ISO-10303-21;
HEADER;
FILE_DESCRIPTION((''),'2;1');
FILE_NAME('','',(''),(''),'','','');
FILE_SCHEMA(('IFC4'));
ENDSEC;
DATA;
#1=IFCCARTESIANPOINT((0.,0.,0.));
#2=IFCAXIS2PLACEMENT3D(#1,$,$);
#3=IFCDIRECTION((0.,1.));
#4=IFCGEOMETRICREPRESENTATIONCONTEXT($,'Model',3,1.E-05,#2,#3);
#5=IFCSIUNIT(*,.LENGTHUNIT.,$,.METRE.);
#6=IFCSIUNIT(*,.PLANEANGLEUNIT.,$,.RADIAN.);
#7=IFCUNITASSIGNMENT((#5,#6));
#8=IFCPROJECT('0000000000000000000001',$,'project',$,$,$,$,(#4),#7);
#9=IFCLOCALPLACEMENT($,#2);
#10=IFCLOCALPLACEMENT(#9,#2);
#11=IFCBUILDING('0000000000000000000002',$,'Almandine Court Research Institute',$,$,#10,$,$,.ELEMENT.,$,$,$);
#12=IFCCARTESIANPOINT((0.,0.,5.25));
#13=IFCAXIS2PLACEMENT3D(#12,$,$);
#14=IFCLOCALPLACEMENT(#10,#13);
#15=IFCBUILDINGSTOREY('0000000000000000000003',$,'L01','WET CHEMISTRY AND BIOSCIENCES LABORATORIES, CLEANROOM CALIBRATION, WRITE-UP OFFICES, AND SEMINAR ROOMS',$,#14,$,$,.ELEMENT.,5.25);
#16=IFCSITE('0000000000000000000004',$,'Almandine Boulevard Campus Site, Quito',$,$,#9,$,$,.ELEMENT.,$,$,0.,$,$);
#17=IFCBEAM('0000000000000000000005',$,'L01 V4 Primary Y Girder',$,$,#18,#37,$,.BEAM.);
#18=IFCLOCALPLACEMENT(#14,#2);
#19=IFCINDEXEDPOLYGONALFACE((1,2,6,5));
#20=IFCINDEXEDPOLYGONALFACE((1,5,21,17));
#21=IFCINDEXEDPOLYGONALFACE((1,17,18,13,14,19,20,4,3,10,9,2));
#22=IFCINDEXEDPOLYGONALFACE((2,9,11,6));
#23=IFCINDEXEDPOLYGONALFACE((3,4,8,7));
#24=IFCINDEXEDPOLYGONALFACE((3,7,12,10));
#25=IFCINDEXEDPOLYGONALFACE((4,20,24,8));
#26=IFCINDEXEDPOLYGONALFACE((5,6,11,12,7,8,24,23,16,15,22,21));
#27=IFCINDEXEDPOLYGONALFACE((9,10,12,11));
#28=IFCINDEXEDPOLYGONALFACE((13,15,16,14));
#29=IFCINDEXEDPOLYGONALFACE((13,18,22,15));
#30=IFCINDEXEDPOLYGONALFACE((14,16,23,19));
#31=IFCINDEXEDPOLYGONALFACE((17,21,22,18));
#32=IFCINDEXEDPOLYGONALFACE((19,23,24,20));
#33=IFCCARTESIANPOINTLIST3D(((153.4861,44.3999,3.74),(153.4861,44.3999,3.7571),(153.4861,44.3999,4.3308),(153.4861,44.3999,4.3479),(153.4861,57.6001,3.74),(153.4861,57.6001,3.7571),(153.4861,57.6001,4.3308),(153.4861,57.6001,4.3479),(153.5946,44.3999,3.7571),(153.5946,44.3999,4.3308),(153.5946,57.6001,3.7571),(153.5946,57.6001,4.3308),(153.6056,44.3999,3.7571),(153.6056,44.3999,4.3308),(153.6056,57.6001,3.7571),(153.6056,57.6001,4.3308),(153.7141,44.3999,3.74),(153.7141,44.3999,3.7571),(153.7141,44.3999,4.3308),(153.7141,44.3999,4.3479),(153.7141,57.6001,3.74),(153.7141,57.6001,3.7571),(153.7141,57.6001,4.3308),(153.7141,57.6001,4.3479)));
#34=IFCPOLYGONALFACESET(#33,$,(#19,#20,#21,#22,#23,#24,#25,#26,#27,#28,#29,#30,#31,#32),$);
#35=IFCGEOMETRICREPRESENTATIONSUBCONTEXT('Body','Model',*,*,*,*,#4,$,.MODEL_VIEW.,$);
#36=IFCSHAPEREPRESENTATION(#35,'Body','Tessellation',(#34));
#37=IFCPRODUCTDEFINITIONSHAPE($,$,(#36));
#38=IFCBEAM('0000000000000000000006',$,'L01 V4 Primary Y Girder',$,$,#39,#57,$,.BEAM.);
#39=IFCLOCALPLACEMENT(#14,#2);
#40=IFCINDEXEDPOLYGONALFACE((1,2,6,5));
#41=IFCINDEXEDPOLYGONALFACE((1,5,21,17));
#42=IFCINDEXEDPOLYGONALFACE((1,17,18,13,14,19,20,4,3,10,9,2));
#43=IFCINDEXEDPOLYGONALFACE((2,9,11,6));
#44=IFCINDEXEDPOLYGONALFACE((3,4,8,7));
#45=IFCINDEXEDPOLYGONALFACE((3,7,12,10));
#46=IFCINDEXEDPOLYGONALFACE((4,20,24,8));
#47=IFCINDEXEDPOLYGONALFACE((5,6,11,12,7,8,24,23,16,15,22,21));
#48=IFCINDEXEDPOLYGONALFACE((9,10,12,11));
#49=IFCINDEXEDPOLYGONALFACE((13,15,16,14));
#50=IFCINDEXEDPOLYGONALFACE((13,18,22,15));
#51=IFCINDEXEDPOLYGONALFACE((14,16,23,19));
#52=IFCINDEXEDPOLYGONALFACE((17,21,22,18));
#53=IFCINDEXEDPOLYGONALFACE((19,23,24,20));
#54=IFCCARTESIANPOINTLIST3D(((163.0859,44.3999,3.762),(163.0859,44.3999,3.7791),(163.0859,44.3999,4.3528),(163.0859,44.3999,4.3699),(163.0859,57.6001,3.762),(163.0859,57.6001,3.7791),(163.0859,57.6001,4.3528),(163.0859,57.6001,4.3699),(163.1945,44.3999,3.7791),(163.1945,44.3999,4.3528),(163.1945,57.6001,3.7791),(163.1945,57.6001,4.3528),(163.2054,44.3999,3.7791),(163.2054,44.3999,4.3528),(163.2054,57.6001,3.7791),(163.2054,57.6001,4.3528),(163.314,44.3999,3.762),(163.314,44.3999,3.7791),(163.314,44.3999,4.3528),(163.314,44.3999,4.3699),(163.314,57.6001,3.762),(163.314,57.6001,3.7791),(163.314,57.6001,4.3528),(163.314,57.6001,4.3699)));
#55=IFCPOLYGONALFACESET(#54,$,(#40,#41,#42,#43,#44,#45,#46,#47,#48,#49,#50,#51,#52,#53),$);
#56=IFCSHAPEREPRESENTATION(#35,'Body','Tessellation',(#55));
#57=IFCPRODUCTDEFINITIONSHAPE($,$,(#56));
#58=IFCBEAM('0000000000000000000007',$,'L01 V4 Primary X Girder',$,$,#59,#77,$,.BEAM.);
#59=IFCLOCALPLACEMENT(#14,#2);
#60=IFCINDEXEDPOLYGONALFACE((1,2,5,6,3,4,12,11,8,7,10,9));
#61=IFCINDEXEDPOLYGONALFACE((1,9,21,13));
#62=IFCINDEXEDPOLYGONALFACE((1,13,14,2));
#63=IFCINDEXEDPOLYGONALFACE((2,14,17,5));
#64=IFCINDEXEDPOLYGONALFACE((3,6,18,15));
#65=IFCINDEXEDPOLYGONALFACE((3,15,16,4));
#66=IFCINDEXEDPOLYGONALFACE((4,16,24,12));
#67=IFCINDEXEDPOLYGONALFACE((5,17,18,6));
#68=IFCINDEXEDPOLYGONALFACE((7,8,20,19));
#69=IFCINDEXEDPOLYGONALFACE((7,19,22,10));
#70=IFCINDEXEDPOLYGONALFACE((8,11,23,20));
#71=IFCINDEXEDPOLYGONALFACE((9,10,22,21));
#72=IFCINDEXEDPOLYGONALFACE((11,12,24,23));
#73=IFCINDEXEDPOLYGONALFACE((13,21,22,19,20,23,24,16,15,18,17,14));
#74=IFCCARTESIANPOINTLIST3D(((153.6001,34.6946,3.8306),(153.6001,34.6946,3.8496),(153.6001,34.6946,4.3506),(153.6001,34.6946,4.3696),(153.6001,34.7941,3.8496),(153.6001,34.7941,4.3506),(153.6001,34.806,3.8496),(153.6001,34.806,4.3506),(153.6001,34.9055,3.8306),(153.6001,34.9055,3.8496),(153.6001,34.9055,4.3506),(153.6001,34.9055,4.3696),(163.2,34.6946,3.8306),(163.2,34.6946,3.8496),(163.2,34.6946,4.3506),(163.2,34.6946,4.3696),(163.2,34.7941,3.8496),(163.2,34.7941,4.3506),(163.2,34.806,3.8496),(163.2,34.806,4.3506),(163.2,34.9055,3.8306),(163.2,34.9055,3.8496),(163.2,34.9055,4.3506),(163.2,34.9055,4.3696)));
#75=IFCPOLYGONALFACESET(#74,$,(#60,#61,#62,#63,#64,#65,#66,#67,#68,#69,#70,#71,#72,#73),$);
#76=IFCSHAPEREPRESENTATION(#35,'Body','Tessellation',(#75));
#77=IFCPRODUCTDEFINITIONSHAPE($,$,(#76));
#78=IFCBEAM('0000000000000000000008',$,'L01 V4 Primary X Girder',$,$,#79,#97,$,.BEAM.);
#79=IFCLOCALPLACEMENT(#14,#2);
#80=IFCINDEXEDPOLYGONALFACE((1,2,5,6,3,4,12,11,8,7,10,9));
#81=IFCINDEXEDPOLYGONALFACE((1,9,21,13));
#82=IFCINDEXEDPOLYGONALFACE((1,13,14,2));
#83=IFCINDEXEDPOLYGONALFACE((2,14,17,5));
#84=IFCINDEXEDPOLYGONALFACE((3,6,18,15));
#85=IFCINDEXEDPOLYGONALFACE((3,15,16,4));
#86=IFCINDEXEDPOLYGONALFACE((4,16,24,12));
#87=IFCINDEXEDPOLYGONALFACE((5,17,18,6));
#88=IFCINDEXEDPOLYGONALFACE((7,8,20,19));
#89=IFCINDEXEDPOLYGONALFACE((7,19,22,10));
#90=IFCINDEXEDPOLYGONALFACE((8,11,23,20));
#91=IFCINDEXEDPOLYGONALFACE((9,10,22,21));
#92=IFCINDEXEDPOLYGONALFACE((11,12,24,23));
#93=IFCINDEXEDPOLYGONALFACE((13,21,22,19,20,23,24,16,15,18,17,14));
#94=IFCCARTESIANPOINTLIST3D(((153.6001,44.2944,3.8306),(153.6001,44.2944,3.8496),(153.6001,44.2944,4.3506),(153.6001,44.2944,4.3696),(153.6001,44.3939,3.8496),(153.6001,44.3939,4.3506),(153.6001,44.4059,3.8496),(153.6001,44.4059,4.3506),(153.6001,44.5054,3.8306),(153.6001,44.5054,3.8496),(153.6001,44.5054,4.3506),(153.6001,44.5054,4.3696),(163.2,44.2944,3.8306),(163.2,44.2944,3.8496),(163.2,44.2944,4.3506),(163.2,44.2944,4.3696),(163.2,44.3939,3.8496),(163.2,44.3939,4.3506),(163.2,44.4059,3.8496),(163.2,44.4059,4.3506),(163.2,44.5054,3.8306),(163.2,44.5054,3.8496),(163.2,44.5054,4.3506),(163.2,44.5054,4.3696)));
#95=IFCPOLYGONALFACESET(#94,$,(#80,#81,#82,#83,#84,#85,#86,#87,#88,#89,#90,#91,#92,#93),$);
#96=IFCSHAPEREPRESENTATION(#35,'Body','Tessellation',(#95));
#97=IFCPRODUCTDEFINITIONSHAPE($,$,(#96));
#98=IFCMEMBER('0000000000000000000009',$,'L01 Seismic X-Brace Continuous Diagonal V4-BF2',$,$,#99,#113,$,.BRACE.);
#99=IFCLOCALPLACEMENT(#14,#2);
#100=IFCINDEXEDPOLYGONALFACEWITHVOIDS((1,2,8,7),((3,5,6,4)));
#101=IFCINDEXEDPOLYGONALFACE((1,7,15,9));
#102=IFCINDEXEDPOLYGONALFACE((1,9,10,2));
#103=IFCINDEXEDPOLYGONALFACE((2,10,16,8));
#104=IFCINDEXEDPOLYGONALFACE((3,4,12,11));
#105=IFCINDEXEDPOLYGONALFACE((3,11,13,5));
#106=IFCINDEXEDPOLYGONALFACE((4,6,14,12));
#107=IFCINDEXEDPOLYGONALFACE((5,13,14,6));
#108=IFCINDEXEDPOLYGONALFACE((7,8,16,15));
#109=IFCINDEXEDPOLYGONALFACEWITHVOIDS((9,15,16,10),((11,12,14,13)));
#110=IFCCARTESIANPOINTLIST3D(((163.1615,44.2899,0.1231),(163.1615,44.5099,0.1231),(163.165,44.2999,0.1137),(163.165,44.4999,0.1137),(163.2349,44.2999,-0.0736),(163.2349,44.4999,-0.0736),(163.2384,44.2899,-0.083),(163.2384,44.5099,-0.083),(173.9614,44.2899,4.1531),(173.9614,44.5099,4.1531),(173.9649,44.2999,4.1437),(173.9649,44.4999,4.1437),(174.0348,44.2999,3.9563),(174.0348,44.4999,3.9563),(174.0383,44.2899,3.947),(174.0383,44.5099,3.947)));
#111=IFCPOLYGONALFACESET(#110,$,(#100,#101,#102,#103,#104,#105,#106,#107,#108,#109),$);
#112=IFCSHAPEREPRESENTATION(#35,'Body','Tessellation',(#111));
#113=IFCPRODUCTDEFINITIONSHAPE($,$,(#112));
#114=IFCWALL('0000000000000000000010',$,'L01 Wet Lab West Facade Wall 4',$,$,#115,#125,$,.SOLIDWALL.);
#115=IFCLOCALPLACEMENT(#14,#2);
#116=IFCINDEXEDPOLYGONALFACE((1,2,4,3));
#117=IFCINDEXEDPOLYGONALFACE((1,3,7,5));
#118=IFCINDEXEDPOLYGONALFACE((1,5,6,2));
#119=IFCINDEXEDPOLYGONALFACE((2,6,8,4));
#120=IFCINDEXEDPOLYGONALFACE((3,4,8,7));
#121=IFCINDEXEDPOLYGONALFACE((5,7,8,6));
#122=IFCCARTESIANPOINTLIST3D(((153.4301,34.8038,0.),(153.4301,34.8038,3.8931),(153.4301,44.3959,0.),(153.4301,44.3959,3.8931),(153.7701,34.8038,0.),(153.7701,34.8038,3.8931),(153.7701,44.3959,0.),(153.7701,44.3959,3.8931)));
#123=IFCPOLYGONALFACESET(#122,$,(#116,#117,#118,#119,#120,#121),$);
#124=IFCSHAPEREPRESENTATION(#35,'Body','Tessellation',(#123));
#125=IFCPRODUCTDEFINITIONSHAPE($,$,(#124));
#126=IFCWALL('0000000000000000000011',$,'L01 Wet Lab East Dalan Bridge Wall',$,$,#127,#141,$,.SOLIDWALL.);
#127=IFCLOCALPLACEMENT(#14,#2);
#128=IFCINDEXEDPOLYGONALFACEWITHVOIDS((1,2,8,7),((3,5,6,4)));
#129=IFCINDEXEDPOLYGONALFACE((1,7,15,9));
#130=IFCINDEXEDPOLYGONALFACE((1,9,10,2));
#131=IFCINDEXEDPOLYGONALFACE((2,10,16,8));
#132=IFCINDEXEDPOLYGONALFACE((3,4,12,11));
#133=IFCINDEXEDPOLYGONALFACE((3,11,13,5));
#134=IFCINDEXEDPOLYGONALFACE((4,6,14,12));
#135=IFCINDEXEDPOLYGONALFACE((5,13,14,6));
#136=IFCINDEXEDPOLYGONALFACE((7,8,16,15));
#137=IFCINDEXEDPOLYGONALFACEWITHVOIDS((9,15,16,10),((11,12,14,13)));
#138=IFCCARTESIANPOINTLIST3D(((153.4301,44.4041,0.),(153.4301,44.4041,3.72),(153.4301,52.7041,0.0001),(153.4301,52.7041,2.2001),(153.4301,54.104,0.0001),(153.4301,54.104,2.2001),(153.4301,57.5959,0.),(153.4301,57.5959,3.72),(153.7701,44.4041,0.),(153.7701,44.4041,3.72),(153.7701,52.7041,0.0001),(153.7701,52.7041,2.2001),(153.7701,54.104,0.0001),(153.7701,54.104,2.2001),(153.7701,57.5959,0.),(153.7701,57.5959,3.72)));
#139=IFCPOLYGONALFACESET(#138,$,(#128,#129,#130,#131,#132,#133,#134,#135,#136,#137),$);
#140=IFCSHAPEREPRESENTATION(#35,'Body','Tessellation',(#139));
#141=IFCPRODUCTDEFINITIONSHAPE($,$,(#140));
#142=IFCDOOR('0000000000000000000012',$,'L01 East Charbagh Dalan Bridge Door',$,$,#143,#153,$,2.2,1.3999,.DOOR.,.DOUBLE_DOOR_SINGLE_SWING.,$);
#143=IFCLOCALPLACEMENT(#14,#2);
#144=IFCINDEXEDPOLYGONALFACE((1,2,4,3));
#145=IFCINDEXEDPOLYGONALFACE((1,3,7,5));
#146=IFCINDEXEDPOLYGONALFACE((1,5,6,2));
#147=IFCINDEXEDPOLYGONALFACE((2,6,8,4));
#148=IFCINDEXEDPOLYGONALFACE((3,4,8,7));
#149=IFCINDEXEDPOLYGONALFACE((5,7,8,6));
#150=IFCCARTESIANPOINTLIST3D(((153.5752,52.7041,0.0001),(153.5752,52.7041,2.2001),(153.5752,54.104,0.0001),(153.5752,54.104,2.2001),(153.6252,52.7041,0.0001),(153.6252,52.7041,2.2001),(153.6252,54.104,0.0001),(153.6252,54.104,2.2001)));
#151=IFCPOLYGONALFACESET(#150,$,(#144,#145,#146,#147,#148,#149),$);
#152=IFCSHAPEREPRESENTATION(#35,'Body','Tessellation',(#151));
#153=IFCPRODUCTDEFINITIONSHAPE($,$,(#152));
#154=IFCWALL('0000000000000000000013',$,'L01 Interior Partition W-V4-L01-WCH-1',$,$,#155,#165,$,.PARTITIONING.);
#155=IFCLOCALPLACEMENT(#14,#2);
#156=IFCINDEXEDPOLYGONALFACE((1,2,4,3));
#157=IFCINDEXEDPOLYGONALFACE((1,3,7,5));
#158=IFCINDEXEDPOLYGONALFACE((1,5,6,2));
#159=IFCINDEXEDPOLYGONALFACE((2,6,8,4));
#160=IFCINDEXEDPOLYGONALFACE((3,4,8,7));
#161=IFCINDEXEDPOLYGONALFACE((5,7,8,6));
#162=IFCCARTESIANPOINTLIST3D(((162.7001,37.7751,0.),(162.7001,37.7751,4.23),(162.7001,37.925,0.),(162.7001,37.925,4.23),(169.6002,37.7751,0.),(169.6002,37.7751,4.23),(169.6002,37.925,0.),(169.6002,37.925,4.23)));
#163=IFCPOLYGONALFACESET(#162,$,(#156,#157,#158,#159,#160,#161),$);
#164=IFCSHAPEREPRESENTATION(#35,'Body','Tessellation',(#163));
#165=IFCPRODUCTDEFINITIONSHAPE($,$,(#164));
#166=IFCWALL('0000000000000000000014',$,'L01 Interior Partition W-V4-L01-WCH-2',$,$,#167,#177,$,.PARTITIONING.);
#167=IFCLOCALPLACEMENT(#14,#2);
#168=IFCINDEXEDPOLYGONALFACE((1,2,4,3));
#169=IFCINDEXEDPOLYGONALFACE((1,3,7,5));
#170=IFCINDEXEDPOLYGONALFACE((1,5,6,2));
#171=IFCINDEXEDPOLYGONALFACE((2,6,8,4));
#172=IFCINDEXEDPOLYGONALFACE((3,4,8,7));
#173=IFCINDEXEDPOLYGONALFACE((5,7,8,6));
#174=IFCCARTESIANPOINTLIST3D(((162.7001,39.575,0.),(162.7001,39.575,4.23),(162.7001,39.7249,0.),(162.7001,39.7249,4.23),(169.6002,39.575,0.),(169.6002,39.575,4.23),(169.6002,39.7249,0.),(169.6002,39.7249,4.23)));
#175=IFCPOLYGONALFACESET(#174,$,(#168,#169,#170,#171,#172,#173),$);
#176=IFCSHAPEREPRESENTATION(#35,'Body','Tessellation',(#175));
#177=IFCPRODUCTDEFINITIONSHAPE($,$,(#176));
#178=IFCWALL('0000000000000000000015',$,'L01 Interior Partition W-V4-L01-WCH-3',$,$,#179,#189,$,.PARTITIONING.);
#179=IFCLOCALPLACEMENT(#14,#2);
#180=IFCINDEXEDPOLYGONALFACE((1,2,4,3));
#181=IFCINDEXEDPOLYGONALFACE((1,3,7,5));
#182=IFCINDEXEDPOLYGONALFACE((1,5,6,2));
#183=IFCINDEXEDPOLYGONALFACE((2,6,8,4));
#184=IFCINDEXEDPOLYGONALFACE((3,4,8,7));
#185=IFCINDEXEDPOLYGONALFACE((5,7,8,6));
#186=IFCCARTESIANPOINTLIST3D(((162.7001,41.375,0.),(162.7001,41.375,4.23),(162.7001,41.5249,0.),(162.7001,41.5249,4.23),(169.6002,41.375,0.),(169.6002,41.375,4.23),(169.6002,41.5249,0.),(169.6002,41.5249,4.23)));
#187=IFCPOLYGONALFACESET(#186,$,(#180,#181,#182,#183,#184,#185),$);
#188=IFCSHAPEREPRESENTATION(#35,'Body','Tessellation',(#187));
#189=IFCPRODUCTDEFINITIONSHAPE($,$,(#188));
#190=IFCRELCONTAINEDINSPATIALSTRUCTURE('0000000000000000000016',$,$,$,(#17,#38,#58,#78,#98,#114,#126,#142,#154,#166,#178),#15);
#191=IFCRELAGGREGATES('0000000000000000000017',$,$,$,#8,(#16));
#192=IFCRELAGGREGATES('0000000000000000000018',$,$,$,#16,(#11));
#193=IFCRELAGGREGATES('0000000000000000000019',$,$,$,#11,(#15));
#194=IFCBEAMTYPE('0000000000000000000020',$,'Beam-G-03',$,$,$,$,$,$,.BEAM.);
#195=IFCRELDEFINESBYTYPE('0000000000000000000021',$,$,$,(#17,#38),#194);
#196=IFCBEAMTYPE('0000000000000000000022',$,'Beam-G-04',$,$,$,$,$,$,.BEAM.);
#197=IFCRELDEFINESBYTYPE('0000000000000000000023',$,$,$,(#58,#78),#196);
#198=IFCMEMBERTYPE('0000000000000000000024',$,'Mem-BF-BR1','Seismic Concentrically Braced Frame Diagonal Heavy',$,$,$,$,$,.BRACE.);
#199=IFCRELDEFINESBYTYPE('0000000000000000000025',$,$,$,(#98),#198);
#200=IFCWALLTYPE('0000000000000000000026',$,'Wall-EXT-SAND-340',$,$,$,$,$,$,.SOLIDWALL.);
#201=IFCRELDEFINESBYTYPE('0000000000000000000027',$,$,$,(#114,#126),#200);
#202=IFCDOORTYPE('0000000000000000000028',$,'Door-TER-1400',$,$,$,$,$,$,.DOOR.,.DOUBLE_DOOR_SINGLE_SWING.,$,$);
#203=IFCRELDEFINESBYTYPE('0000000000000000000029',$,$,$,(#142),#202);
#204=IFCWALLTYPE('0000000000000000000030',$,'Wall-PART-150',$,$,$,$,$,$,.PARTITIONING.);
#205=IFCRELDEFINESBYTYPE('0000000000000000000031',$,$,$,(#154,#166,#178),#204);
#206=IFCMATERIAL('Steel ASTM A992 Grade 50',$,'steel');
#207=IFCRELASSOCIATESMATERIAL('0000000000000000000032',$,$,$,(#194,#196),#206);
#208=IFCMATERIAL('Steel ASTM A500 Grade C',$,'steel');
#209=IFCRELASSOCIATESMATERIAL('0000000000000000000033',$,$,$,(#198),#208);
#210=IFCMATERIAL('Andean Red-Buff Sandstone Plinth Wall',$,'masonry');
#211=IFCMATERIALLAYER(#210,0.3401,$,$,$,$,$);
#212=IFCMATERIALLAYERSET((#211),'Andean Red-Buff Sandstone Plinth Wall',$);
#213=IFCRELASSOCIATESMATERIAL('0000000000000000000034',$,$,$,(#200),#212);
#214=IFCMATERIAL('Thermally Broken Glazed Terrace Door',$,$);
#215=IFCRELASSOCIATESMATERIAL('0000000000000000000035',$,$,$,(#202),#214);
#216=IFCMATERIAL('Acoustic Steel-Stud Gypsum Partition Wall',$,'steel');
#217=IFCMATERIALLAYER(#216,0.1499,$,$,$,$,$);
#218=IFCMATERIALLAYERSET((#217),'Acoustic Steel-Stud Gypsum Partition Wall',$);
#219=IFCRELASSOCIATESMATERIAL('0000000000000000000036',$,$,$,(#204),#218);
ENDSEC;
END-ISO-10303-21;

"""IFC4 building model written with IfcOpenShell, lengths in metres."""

from ifc_helpers import new_model, si_unit, direction, frame, frame_2d, origin, origin_2d, place, context, subcontext, project, spatial, rectangle, hollow_rectangle, i_section, extrude, material, layer, layer_set, material_profile, profile_set, type_object, element, fill, save


model = new_model("IFC4")

# Units and contexts
model_context = context("Model", 3, precision=1e-05, world=origin(), true_north=direction((0.0, 1.0)))
body_context = subcontext(model_context, "Body", "Model", "MODEL_VIEW")
ifc_project = project(units=[si_unit("LENGTHUNIT", "METRE"), si_unit("PLANEANGLEUNIT", "RADIAN")], contexts=[model_context])

# Site, building, storey
site_placement = place(None, origin())
site = spatial("IfcSite", under=ifc_project, at=site_placement, Name="Almandine Boulevard Campus Site, Quito", CompositionType="ELEMENT", RefElevation=0.0)
building_placement = place(site_placement, origin())
building = spatial("IfcBuilding", under=site, at=building_placement, Name="Almandine Court Research Institute", CompositionType="ELEMENT")
storey_placement = place(building_placement, frame((0.0, 0.0, 5.25)))
storey = spatial("IfcBuildingStorey", under=building, at=storey_placement, Name="L01", Description="WET CHEMISTRY AND BIOSCIENCES LABORATORIES, CLEANROOM CALIBRATION, WRITE-UP OFFICES, AND SEMINAR ROOMS", CompositionType="ELEMENT", Elevation=5.25)

# Shared definitions
ifc_material_1 = material(Name="Steel ASTM A992 Grade 50", Category="steel")

# Beams
ifc_material_profile_1 = material_profile(ifc_material_1, i_section(OverallWidth=0.228, OverallDepth=0.6079, WebThickness=0.011, FlangeThickness=0.0171, at=origin_2d()), Name="W610x113")
ifc_profile_set_1 = profile_set([ifc_material_profile_1], Name="Steel ASTM A992 Grade 50")
beam_type_1 = type_object("IfcBeamType", Name="Beam-G-03", PredefinedType="BEAM", material=ifc_profile_set_1)
for number, where, z_axis, x_axis, name in (
    (1, (153.6001, 44.3999, 4.0439), (0.0, 1.0, 0.0), (-1.0, 0.0, 0.0), "L01 V4 Primary Y Girder"),
    (2, (163.2, 44.3999, 4.0659), (0.0, 1.0, 0.0), (-1.0, 0.0, 0.0), "L01 V4 Primary Y Girder"),
):
    element("IfcBeam", number, at=place(storey_placement, frame(where, z_axis=z_axis, x_axis=x_axis)), inside=storey, type_object=beam_type_1, Name=name, PredefinedType="BEAM", context=body_context, shape_type="SweptSolid", body=[
        extrude(i_section(OverallWidth=0.228, OverallDepth=0.6079, WebThickness=0.011, FlangeThickness=0.0171, at=origin_2d()), origin(), (0.0, 0.0, 1.0), 13.2002),
    ])
ifc_material_profile_2 = material_profile(ifc_material_1, i_section(OverallWidth=0.2109, OverallDepth=0.5391, WebThickness=0.012, FlangeThickness=0.019, at=origin_2d()), Name="W530x109")
ifc_profile_set_2 = profile_set([ifc_material_profile_2], Name="Steel ASTM A992 Grade 50")
beam_type_2 = type_object("IfcBeamType", Name="Beam-G-04", PredefinedType="BEAM", material=ifc_profile_set_2)
for number, where, z_axis, x_axis, name in (
    (3, (153.6001, 34.8, 4.1001), (1.0, 0.0, 0.0), (0.0, 1.0, 0.0), "L01 V4 Primary X Girder"),
    (4, (153.6001, 44.3999, 4.1001), (1.0, 0.0, 0.0), (0.0, 1.0, 0.0), "L01 V4 Primary X Girder"),
):
    element("IfcBeam", number, at=place(storey_placement, frame(where, z_axis=z_axis, x_axis=x_axis)), inside=storey, type_object=beam_type_2, Name=name, PredefinedType="BEAM", context=body_context, shape_type="SweptSolid", body=[
        extrude(i_section(OverallWidth=0.2109, OverallDepth=0.5391, WebThickness=0.012, FlangeThickness=0.019, at=origin_2d()), origin(), (0.0, 0.0, 1.0), 9.5999),
    ])

# Member
ifc_material_2 = material(Name="Steel ASTM A500 Grade C", Category="steel")
ifc_material_profile_3 = material_profile(ifc_material_2, hollow_rectangle(XDim=0.22, YDim=0.22, WallThickness=0.01, at=origin_2d()), Name="HSS 220x220x10")
ifc_profile_set_3 = profile_set([ifc_material_profile_3], Name="Steel ASTM A500 Grade C")
member_type = type_object("IfcMemberType", Name="Mem-BF-BR1", Description="Seismic Concentrically Braced Frame Diagonal Heavy", PredefinedType="BRACE", material=ifc_profile_set_3)
member_placement = place(storey_placement, frame((163.2, 44.3999, 0.02), z_axis=(0.936898, 0.0, 0.349603), x_axis=(0.0, 1.0, 0.0)))
element("IfcMember", 5, at=member_placement, inside=storey, type_object=member_type, Name="L01 Seismic X-Brace Continuous Diagonal V4-BF2", PredefinedType="BRACE", context=body_context, shape_type="SweptSolid", body=[
    extrude(hollow_rectangle(XDim=0.22, YDim=0.22, WallThickness=0.01, at=origin_2d()), origin(), (0.0, 0.0, 1.0), 11.5273),
])

# Wall
ifc_material_3 = material(Name="Andean Red-Buff Sandstone Plinth Wall", Category="masonry")
ifc_layer_1 = layer(ifc_material_3, 0.3401)
ifc_layer_set_1 = layer_set([ifc_layer_1], Name="Andean Red-Buff Sandstone Plinth Wall")
wall_type_1 = type_object("IfcWallType", Name="Wall-EXT-SAND-340", PredefinedType="SOLIDWALL", material=ifc_layer_set_1)
wall_1_placement = place(storey_placement, frame((153.6001, 34.804, 0.0), z_axis=(0.0, 0.0, 1.0), x_axis=(0.0, 1.0, 0.0)))
element("IfcWall", 6, at=wall_1_placement, inside=storey, type_object=wall_type_1, Name="L01 Wet Lab West Facade Wall 4", PredefinedType="SOLIDWALL", context=body_context, shape_type="SweptSolid", body=[
    extrude(rectangle(XDim=9.592, YDim=0.3401, at=frame_2d((4.7959, 0.0))), origin(), (0.0, 0.0, 1.0), 3.8931),
])

# Wall, opening, door
wall_2_placement = place(storey_placement, frame((153.6001, 44.4041, 0.0), z_axis=(0.0, 0.0, 1.0), x_axis=(0.0, 1.0, 0.0)))
wall_2 = element("IfcWall", 7, at=wall_2_placement, inside=storey, type_object=wall_type_1, Name="L01 Wet Lab East Dalan Bridge Wall", PredefinedType="SOLIDWALL", context=body_context, shape_type="SweptSolid", body=[
    extrude(rectangle(XDim=13.1919, YDim=0.3401, at=frame_2d((6.5959, 0.0))), origin(), (0.0, 0.0, 1.0), 3.72),
])
opening_1_placement = place(wall_2_placement, frame((8.3, 0.0, 0.0)))
opening_1 = element("IfcOpeningElement", 8, at=opening_1_placement, cuts=wall_2, PredefinedType="OPENING", context=body_context, shape_type="SweptSolid", body=[
    extrude(rectangle(XDim=1.3999, YDim=2.2, at=frame_2d((0.7, 1.1001))), frame((0.0, 0.1799, 0.0), z_axis=(0.0, -1.0, 0.0), x_axis=(1.0, 0.0, 0.0)), (0.0, 0.0, 1.0), 0.3601),
])
ifc_material_4 = material(Name="Thermally Broken Glazed Terrace Door")
door_type_1 = type_object("IfcDoorType", Name="Door-TER-1400", OperationType="DOUBLE_DOOR_SINGLE_SWING", PredefinedType="DOOR", material=ifc_material_4)
door_1_placement = place(opening_1_placement, origin())
door_1 = element("IfcDoor", 9, at=door_1_placement, inside=storey, type_object=door_type_1, Name="L01 East Charbagh Dalan Bridge Door", OperationType="DOUBLE_DOOR_SINGLE_SWING", OverallHeight=2.2, OverallWidth=1.3999, PredefinedType="DOOR", context=body_context, shape_type="SweptSolid", body=[
    extrude(rectangle(XDim=1.3999, YDim=2.2, at=frame_2d((0.7, 1.1001))), frame((0.0, 0.0249, 0.0), z_axis=(0.0, -1.0, 0.0), x_axis=(1.0, 0.0, 0.0)), (0.0, 0.0, 1.0), 0.05),
])
fill(opening_1, door_1)

# Walls
ifc_material_5 = material(Name="Acoustic Steel-Stud Gypsum Partition Wall", Category="steel")
ifc_layer_2 = layer(ifc_material_5, 0.1499)
ifc_layer_set_2 = layer_set([ifc_layer_2], Name="Acoustic Steel-Stud Gypsum Partition Wall")
wall_type_2 = type_object("IfcWallType", Name="Wall-PART-150", PredefinedType="PARTITIONING", material=ifc_layer_set_2)
for number, where, z_axis, x_axis, name in (
    (10, (162.7, 37.8501, 0.0), (0.0, 0.0, 1.0), (1.0, 0.0, 0.0), "L01 Interior Partition W-V4-L01-WCH-1"),
    (11, (162.7, 39.6499, 0.0), (0.0, 0.0, 1.0), (1.0, 0.0, 0.0), "L01 Interior Partition W-V4-L01-WCH-2"),
    (12, (162.7, 41.45, 0.0), (0.0, 0.0, 1.0), (1.0, 0.0, 0.0), "L01 Interior Partition W-V4-L01-WCH-3"),
):
    element("IfcWall", number, at=place(storey_placement, frame(where, z_axis=z_axis, x_axis=x_axis)), inside=storey, type_object=wall_type_2, Name=name, PredefinedType="PARTITIONING", context=body_context, shape_type="SweptSolid", body=[
        extrude(rectangle(XDim=6.9001, YDim=0.1499, at=frame_2d((3.4502, 0.0))), origin(), (0.0, 0.0, 1.0), 4.23),
    ])

save(model, "model.ifc")
